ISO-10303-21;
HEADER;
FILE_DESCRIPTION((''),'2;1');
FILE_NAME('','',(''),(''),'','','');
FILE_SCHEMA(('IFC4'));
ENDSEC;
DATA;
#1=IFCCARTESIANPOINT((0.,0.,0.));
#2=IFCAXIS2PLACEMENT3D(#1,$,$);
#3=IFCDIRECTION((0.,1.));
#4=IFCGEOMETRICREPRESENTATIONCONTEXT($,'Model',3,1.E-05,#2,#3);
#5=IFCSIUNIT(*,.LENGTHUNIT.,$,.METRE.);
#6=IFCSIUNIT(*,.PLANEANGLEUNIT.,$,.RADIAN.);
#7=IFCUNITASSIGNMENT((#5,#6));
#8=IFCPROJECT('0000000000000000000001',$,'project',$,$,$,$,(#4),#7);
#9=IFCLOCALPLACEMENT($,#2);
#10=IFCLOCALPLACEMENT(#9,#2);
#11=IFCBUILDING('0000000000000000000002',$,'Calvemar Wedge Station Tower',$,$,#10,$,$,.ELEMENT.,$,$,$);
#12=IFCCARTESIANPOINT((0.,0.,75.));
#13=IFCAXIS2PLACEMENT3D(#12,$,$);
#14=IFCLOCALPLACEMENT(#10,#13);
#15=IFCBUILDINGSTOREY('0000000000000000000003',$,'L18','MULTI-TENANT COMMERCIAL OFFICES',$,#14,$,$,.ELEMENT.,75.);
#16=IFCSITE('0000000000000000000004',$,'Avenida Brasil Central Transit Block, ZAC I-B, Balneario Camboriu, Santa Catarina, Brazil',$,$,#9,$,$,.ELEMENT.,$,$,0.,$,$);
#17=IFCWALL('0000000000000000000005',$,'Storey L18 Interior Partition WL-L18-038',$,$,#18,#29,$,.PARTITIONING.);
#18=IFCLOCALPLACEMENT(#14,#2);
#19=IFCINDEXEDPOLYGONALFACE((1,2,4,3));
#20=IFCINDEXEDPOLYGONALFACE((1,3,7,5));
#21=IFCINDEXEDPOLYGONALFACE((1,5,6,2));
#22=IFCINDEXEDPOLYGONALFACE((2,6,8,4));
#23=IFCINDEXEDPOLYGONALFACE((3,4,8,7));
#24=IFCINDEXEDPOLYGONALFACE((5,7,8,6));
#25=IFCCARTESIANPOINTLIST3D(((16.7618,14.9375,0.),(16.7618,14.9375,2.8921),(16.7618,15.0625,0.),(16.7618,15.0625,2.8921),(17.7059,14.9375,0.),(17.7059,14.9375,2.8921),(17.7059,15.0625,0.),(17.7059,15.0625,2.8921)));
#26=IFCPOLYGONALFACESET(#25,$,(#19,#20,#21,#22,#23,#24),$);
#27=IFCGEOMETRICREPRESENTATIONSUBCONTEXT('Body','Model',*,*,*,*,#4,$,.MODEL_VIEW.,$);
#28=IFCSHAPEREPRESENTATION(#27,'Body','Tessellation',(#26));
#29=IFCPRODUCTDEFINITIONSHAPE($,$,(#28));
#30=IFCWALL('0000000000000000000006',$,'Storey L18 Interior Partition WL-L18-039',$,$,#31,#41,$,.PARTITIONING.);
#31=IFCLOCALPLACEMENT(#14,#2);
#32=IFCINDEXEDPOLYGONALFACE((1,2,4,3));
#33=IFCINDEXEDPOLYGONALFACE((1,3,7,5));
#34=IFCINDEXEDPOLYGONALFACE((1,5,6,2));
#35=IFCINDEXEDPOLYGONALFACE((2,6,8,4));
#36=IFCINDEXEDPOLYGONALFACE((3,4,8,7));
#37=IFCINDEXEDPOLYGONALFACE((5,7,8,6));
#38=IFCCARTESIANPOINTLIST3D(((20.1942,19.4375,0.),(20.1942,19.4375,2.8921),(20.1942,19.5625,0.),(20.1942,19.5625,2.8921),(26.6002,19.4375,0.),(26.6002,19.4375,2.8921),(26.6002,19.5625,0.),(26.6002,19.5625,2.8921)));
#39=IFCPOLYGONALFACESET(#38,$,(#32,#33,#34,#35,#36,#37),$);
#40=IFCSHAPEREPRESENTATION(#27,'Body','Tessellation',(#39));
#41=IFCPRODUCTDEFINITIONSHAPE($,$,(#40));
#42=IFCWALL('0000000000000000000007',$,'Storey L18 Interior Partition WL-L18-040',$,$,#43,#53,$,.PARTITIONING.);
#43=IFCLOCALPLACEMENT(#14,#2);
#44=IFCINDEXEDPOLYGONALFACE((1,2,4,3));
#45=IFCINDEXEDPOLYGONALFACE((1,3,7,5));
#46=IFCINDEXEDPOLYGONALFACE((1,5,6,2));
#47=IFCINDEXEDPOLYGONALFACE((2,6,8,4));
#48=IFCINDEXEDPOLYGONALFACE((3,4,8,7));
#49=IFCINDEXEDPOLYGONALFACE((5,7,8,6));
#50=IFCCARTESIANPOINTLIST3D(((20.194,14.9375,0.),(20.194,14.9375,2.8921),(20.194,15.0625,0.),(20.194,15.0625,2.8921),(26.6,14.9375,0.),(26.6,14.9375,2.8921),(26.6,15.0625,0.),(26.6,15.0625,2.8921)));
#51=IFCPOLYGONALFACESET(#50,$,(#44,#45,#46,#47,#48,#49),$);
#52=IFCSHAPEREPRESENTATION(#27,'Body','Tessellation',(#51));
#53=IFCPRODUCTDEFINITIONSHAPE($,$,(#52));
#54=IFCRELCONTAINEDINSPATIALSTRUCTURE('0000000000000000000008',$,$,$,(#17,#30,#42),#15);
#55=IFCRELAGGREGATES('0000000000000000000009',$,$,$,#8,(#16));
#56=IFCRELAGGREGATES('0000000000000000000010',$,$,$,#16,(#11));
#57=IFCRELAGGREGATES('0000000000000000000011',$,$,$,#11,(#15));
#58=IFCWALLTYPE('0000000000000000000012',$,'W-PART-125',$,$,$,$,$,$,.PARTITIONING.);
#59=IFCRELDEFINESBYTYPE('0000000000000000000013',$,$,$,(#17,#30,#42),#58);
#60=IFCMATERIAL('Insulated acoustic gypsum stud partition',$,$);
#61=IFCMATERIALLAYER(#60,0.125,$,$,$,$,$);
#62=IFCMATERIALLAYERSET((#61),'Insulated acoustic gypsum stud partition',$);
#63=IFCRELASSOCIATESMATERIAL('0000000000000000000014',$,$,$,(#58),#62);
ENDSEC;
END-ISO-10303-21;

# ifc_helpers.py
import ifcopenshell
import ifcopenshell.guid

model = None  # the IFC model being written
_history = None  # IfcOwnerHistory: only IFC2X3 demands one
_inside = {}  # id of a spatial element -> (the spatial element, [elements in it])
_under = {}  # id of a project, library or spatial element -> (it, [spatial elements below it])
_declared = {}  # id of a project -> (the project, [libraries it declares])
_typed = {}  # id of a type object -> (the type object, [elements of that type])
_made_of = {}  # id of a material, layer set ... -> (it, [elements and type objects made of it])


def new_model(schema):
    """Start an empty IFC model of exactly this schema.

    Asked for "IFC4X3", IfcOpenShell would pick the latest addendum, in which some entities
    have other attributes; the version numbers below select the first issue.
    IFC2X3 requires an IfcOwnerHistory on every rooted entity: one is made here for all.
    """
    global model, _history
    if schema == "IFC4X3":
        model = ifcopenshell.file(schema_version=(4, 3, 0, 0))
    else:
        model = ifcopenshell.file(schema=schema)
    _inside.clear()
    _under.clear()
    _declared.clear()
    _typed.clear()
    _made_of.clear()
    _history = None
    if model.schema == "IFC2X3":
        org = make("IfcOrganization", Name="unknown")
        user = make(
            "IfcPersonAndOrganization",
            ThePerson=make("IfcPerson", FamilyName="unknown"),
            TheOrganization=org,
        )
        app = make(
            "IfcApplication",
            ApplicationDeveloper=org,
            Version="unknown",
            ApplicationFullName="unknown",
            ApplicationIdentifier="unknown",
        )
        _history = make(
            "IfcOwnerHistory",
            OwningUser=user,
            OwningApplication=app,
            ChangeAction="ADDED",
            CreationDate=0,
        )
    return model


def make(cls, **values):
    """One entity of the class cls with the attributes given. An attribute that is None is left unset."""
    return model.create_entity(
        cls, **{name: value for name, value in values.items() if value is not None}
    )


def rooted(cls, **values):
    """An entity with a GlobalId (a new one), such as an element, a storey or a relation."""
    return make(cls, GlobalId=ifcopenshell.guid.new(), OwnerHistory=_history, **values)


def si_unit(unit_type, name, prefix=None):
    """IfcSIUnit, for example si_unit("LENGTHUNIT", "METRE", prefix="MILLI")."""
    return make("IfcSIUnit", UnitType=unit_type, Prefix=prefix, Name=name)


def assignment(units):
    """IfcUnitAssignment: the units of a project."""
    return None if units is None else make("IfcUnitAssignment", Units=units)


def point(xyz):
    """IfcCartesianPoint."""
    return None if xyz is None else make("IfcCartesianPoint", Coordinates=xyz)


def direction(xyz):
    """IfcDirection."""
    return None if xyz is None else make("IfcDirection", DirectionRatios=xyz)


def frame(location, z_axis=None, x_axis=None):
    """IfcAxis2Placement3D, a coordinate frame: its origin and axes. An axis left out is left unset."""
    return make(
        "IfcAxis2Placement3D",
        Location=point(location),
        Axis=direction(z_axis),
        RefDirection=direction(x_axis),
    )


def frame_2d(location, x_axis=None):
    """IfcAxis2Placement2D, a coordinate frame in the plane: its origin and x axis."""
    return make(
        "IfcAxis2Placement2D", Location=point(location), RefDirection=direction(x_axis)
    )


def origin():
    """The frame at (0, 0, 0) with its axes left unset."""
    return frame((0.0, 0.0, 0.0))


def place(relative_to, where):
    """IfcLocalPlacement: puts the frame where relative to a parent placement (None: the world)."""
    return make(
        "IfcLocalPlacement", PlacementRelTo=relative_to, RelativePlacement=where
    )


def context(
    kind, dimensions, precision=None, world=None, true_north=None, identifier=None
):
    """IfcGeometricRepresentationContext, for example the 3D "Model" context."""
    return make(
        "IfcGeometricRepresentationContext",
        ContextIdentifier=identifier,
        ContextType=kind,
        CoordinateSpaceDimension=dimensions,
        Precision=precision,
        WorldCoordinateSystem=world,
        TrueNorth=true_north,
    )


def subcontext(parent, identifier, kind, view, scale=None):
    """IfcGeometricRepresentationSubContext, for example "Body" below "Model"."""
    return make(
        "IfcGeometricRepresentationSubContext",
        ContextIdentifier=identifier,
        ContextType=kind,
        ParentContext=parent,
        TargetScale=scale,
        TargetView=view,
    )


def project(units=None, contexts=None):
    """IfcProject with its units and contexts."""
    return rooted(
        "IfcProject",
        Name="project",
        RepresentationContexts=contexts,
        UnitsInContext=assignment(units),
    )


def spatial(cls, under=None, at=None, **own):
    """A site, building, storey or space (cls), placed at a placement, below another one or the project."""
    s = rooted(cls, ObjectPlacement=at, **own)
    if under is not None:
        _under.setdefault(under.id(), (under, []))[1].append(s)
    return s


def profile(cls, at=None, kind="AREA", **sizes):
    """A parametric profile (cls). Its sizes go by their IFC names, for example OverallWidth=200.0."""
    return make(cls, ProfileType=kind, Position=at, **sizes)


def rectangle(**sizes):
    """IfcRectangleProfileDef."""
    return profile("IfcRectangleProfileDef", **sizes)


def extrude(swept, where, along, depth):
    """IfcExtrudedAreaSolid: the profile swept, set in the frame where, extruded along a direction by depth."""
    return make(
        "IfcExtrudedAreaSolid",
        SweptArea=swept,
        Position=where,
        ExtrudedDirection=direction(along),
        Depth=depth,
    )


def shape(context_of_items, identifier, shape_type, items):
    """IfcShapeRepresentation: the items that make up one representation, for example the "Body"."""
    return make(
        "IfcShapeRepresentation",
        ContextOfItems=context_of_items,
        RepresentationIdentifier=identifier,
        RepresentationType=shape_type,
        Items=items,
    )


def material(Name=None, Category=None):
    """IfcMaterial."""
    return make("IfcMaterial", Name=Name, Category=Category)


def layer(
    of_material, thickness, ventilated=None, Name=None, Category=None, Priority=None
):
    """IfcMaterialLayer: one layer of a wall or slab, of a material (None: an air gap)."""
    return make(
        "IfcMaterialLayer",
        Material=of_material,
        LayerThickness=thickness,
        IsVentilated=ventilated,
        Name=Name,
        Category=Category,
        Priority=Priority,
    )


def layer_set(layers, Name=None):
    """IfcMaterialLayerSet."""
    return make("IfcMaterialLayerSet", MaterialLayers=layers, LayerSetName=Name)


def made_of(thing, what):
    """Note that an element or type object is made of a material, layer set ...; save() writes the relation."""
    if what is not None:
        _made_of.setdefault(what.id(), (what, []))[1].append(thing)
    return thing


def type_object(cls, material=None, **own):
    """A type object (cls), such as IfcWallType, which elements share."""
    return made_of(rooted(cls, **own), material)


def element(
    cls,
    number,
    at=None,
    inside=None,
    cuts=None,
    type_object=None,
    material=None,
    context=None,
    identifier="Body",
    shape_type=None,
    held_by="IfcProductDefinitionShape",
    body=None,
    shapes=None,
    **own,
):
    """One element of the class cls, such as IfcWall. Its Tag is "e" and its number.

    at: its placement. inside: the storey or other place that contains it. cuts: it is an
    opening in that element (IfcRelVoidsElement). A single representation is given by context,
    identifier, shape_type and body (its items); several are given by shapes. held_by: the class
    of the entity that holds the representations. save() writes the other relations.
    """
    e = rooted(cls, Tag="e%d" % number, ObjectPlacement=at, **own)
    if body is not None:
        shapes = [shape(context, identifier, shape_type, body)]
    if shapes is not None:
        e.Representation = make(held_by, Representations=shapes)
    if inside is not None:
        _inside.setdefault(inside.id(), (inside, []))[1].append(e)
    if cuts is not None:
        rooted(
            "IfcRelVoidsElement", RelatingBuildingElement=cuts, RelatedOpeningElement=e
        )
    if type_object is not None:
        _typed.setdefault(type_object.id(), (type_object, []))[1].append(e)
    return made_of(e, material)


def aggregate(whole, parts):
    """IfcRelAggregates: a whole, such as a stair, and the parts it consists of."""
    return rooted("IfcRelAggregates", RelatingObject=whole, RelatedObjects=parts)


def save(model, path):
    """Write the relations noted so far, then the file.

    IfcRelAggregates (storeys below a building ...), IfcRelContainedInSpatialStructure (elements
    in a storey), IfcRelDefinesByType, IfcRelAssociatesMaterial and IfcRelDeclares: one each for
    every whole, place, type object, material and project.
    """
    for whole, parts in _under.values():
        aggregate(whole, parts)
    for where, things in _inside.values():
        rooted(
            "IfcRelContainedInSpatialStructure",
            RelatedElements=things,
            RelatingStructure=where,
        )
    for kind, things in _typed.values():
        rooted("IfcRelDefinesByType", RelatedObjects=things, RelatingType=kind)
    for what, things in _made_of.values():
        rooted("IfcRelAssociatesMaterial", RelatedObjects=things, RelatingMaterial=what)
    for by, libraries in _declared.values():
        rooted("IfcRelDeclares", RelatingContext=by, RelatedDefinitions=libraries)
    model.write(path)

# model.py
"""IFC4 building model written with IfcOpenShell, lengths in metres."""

from ifc_helpers import new_model, si_unit, direction, frame, frame_2d, origin, place, context, subcontext, project, spatial, rectangle, extrude, material, layer, layer_set, type_object, element, save


model = new_model("IFC4")

# Units and contexts
model_context = context("Model", 3, precision=1e-05, world=origin(), true_north=direction((0.0, 1.0)))
body_context = subcontext(model_context, "Body", "Model", "MODEL_VIEW")
ifc_project = project(units=[si_unit("LENGTHUNIT", "METRE"), si_unit("PLANEANGLEUNIT", "RADIAN")], contexts=[model_context])

# Site, building, storey
site_placement = place(None, origin())
site = spatial("IfcSite", under=ifc_project, at=site_placement, Name="Avenida Brasil Central Transit Block, ZAC I-B, Balneario Camboriu, Santa Catarina, Brazil", CompositionType="ELEMENT", RefElevation=0.0)
building_placement = place(site_placement, origin())
building = spatial("IfcBuilding", under=site, at=building_placement, Name="Calvemar Wedge Station Tower", CompositionType="ELEMENT")
storey_placement = place(building_placement, frame((0.0, 0.0, 75.0)))
storey = spatial("IfcBuildingStorey", under=building, at=storey_placement, Name="L18", Description="MULTI-TENANT COMMERCIAL OFFICES", CompositionType="ELEMENT", Elevation=75.0)

# Shared definitions
ifc_material_1 = material(Name="Insulated acoustic gypsum stud partition")
ifc_layer_1 = layer(ifc_material_1, 0.125)
ifc_layer_set_1 = layer_set([ifc_layer_1], Name="Insulated acoustic gypsum stud partition")
wall_type_1 = type_object("IfcWallType", Name="W-PART-125", PredefinedType="PARTITIONING", material=ifc_layer_set_1)

# Walls
wall_1_placement = place(storey_placement, frame((17.7061, 15.0, 0.0), z_axis=(0.0, 0.0, 1.0), x_axis=(-1.0, 0.0, 0.0)))
element("IfcWall", 1, at=wall_1_placement, inside=storey, type_object=wall_type_1, Name="Storey L18 Interior Partition WL-L18-038", PredefinedType="PARTITIONING", context=body_context, shape_type="SweptSolid", body=[
    extrude(rectangle(XDim=0.9441, YDim=0.125, at=frame_2d((0.4722, 0.0))), origin(), (0.0, 0.0, 1.0), 2.8921),
])
for number, where, z_axis, x_axis, name in (
    (2, (20.1941, 19.5, 0.0), (0.0, 0.0, 1.0), (1.0, 0.0, 0.0), "Storey L18 Interior Partition WL-L18-039"),
    (3, (26.6001, 15.0, 0.0), (0.0, 0.0, 1.0), (-1.0, 0.0, 0.0), "Storey L18 Interior Partition WL-L18-040"),
):
    element("IfcWall", number, at=place(storey_placement, frame(where, z_axis=z_axis, x_axis=x_axis)), inside=storey, type_object=wall_type_1, Name=name, PredefinedType="PARTITIONING", context=body_context, shape_type="SweptSolid", body=[
        extrude(rectangle(XDim=6.406, YDim=0.125, at=frame_2d((3.2031, 0.0))), origin(), (0.0, 0.0, 1.0), 2.8921),
    ])

save(model, "model.ifc")
